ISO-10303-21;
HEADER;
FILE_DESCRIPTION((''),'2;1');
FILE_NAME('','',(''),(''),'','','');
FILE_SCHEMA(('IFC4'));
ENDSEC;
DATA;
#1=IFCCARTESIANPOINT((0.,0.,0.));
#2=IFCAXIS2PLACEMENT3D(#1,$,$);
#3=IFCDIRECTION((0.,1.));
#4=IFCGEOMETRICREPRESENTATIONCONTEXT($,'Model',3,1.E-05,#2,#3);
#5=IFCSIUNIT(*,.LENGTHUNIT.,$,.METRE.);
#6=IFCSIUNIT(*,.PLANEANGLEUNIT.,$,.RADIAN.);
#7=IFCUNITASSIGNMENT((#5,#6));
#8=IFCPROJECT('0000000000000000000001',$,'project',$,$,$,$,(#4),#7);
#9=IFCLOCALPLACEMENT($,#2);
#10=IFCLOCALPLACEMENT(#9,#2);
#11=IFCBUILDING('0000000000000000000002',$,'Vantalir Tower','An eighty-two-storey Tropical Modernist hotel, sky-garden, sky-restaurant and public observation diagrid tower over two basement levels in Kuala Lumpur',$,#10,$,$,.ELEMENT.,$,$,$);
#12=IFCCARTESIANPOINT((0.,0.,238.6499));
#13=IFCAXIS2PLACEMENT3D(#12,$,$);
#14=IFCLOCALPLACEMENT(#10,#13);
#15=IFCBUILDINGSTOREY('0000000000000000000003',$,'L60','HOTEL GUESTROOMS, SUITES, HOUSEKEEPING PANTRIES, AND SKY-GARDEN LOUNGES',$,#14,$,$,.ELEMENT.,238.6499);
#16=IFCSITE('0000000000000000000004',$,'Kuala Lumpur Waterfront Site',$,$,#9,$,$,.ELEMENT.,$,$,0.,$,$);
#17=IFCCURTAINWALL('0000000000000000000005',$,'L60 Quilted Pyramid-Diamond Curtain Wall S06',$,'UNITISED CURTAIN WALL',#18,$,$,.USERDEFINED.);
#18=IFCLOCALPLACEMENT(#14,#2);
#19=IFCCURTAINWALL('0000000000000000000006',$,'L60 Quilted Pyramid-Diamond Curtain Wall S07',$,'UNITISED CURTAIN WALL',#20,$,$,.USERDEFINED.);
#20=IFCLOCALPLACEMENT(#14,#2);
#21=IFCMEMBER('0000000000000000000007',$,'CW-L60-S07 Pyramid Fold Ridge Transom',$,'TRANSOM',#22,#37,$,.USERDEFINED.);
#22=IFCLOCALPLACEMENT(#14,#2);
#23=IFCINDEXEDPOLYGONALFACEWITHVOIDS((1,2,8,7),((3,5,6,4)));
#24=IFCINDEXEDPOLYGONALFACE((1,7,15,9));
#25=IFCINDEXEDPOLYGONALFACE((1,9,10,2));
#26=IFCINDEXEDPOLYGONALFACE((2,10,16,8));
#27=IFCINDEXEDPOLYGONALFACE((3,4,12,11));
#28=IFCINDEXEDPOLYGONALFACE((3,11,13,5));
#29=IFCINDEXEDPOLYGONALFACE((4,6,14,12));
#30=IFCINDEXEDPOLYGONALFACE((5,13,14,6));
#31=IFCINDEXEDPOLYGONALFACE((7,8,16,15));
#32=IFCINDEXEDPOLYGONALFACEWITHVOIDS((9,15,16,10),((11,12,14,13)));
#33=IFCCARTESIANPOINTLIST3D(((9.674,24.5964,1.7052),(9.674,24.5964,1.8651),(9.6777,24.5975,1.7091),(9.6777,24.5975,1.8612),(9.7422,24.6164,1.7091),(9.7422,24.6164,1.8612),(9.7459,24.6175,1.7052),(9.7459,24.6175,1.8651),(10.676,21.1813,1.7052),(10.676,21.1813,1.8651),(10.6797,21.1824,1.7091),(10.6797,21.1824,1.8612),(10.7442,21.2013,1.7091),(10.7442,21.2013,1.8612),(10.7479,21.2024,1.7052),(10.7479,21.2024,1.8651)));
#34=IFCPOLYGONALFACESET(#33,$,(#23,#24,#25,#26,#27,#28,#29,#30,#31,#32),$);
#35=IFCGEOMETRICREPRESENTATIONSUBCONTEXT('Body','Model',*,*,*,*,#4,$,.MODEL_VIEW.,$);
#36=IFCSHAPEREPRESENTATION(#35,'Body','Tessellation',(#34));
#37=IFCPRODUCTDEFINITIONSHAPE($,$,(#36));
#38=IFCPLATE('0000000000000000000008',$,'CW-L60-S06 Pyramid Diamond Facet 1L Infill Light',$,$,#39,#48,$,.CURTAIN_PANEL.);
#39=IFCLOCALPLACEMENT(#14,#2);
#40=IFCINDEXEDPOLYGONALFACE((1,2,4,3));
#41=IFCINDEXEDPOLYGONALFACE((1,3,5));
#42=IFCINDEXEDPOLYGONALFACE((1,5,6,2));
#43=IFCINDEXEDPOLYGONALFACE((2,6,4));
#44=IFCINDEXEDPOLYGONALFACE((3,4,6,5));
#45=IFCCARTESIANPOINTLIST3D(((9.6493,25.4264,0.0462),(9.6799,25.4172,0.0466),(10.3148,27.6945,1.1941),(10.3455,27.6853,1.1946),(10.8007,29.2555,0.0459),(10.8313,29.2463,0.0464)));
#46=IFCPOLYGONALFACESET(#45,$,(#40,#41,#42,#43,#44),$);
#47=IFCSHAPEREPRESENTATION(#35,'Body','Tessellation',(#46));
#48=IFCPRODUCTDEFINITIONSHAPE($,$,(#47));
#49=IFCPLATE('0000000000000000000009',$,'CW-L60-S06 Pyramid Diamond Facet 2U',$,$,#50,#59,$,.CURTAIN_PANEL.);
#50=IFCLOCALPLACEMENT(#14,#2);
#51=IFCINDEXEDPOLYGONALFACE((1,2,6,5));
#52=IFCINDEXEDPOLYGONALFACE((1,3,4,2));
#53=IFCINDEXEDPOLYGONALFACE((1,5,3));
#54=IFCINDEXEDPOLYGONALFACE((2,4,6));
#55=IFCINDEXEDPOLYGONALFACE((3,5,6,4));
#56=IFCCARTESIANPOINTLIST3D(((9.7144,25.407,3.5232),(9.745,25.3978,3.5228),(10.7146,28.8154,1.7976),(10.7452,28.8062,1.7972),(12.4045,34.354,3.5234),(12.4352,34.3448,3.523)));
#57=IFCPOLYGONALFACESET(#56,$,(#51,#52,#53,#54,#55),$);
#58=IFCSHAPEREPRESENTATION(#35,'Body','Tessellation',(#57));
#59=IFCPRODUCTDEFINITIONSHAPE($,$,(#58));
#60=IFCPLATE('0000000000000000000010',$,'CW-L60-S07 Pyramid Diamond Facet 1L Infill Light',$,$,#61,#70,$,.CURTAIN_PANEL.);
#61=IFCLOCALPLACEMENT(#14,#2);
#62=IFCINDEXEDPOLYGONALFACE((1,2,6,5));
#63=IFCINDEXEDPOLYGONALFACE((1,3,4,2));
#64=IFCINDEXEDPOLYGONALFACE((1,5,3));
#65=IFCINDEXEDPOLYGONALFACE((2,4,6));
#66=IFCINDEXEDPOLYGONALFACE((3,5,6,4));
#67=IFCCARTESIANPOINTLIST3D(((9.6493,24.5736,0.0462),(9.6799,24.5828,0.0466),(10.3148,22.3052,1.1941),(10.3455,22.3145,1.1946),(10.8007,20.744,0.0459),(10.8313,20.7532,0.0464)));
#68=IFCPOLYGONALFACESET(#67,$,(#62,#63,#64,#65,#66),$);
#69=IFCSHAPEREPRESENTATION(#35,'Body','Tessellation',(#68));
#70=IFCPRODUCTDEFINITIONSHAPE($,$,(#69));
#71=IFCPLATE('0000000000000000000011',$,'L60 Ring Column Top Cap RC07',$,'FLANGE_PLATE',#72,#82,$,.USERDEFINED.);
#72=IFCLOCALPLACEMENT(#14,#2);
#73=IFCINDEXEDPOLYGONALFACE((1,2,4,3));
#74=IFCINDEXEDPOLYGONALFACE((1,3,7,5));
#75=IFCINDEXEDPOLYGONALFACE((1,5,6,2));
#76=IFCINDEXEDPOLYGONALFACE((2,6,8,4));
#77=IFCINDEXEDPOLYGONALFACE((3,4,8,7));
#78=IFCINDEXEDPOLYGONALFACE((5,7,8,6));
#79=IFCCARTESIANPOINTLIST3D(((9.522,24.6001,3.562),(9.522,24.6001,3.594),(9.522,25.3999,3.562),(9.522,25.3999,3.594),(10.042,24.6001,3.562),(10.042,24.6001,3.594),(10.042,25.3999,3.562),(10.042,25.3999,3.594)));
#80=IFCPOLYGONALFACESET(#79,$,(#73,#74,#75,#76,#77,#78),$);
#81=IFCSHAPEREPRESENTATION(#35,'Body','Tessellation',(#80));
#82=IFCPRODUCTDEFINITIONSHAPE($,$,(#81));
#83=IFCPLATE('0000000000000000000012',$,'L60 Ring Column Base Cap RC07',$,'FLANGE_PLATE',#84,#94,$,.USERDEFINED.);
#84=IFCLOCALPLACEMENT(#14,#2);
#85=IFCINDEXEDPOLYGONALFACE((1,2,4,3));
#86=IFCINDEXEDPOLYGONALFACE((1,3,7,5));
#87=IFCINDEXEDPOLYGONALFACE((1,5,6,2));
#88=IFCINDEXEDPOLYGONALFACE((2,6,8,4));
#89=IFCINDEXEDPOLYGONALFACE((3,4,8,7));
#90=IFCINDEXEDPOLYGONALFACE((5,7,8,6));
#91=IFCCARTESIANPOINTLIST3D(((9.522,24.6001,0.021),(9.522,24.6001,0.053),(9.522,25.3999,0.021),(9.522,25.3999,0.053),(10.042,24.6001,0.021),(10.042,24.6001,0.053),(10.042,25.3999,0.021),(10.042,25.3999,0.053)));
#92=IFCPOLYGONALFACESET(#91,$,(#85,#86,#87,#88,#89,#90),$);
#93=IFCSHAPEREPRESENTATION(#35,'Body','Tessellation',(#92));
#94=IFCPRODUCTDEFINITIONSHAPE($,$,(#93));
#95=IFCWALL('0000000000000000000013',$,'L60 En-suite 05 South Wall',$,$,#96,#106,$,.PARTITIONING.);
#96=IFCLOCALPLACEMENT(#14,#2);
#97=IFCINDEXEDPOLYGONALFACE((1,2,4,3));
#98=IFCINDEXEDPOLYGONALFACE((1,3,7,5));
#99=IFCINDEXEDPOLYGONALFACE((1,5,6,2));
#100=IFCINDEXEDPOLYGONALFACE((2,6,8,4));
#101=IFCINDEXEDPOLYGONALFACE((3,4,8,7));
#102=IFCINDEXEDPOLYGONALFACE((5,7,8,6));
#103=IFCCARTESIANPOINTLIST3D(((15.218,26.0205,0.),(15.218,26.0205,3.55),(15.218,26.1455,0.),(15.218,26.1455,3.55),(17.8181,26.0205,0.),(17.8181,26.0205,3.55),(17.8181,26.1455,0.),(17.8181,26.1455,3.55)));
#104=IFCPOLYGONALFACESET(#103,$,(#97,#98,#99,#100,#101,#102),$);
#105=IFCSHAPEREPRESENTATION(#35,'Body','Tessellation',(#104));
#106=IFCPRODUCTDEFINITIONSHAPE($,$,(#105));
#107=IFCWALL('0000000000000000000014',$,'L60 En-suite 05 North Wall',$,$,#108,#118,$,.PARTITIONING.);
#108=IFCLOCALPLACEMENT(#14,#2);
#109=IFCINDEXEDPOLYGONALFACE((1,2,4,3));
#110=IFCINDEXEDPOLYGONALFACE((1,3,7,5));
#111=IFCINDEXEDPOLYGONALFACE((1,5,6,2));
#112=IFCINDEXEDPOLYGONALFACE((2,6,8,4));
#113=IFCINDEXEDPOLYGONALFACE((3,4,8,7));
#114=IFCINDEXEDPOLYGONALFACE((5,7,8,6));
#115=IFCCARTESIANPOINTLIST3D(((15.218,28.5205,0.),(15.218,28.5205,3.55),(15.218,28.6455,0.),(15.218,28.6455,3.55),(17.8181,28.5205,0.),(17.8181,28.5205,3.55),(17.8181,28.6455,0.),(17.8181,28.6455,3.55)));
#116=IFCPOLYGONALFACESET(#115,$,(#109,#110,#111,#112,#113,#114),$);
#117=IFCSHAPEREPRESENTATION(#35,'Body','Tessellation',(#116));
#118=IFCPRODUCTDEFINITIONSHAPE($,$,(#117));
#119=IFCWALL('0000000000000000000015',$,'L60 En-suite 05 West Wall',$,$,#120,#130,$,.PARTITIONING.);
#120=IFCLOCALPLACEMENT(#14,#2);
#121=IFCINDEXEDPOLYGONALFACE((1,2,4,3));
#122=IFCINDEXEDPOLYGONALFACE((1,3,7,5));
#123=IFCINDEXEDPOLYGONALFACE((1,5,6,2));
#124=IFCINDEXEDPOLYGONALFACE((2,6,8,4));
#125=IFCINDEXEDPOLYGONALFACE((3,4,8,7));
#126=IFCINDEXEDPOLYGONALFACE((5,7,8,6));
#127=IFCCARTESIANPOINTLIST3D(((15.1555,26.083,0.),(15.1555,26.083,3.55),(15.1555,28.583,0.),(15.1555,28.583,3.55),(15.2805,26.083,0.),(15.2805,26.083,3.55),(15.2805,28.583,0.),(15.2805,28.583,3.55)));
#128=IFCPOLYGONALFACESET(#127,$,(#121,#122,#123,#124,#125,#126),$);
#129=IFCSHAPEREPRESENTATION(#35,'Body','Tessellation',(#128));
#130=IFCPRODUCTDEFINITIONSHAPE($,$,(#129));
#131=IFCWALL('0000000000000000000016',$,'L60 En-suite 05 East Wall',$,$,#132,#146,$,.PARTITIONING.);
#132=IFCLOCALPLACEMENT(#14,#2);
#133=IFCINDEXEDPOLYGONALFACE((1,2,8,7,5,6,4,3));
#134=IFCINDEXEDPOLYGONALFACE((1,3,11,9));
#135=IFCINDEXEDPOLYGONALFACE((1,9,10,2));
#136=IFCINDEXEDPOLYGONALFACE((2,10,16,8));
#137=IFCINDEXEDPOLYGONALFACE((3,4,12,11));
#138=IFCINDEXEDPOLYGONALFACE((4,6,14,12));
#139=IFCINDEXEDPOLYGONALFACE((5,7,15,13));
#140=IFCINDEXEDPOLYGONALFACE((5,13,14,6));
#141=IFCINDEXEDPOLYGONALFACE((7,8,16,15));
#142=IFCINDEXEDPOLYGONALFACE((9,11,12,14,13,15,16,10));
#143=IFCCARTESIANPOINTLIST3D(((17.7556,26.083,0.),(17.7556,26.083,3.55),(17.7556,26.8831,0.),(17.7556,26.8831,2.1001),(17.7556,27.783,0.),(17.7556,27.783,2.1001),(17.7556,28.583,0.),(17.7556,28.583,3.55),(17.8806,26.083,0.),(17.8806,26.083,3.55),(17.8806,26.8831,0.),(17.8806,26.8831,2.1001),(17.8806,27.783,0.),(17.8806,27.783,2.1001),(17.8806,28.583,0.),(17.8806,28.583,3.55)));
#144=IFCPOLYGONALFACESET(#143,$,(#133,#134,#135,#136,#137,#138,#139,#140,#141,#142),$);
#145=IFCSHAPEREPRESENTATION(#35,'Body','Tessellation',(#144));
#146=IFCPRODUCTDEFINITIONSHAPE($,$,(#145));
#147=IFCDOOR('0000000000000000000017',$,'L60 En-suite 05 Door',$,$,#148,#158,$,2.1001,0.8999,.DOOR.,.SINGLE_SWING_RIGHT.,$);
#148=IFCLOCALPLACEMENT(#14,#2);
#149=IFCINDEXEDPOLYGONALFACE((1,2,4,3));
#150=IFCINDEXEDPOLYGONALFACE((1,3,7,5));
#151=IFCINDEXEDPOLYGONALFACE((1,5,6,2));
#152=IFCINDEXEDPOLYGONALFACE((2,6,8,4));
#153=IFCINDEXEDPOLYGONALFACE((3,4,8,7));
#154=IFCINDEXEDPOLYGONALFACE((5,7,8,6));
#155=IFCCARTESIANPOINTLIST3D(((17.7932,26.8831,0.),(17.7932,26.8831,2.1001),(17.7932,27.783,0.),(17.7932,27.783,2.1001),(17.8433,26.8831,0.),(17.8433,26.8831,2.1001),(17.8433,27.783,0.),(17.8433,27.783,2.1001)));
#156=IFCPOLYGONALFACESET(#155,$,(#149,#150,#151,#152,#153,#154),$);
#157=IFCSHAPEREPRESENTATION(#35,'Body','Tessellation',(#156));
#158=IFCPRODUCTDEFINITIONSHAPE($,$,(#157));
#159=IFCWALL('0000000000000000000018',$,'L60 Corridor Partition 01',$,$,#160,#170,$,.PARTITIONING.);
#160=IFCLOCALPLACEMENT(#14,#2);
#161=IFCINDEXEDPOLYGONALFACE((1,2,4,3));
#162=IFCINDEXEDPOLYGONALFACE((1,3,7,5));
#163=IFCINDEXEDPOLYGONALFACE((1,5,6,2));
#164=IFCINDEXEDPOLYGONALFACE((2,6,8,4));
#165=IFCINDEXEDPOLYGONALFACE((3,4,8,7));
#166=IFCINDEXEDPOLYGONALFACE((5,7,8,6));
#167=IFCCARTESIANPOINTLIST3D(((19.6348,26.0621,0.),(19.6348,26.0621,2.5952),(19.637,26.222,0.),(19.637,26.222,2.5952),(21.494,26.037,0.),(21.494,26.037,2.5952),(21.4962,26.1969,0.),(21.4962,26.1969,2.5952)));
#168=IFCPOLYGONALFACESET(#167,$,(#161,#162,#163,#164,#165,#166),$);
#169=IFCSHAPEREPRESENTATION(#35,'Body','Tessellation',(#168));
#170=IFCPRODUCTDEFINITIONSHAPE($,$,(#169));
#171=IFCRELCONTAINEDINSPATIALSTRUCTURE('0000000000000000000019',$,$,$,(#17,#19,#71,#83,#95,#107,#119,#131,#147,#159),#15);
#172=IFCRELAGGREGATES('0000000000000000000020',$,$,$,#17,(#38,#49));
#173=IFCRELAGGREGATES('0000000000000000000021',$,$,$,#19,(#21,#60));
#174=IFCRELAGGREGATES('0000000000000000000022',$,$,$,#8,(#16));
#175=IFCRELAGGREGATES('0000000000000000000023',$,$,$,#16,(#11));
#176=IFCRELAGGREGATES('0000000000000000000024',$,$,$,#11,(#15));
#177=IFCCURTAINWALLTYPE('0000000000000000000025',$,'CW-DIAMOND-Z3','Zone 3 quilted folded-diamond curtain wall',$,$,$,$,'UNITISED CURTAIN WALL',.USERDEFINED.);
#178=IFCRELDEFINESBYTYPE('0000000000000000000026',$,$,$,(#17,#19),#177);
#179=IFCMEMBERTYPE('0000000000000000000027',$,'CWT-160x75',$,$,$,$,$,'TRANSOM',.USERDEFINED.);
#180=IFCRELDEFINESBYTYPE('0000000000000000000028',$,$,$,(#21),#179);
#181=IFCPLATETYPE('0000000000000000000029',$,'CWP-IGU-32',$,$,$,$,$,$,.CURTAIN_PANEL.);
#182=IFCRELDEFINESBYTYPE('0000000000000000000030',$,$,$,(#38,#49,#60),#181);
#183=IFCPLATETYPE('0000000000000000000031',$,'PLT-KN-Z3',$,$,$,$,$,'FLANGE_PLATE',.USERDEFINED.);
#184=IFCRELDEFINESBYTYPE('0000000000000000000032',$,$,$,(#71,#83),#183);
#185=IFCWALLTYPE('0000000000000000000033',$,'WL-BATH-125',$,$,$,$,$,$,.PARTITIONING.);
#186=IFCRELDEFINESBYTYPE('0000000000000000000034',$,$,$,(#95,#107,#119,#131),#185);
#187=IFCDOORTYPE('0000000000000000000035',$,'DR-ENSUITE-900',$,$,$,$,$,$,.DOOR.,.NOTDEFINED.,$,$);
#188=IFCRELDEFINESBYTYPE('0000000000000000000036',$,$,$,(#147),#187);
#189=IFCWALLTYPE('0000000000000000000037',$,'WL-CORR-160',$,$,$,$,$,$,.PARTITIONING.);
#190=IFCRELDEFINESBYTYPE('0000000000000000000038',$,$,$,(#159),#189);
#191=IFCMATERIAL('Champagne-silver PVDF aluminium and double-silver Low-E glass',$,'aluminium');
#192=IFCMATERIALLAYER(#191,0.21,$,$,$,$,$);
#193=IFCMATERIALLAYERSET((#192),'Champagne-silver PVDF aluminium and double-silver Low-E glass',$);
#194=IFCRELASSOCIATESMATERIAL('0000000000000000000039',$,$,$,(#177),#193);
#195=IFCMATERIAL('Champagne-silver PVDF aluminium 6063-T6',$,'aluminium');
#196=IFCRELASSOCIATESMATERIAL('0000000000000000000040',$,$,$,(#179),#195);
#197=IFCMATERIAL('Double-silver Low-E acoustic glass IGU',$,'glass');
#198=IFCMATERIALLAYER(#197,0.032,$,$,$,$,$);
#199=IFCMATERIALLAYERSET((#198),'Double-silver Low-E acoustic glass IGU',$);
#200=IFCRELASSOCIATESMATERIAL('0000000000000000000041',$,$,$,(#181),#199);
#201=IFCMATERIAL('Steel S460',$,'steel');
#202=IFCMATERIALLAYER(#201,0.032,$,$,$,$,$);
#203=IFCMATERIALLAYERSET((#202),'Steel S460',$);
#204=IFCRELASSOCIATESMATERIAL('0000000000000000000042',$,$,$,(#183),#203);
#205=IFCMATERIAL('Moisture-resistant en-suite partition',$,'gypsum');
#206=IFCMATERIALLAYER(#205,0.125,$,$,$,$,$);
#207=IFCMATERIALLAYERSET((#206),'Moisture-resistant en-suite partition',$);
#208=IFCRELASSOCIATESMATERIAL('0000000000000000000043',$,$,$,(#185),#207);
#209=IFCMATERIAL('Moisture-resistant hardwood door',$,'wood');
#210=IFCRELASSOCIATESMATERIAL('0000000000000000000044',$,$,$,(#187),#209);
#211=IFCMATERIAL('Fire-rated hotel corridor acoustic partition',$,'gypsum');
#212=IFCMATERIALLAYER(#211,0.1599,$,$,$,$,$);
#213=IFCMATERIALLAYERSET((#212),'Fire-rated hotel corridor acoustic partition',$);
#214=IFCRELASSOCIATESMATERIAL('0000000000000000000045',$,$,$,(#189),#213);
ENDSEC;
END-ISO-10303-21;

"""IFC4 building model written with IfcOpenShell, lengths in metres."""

from ifc_helpers import new_model, si_unit, direction, frame, frame_2d, origin, origin_2d, place, context, subcontext, project, spatial, polyline, rectangle, hollow_rectangle, outline, extrude, material, layer, layer_set, material_profile, profile_set, type_object, element, fill, aggregate, save


model = new_model("IFC4")

# Units and contexts
model_context = context("Model", 3, precision=1e-05, world=origin(), true_north=direction((0.0, 1.0)))
body_context = subcontext(model_context, "Body", "Model", "MODEL_VIEW")
ifc_project = project(units=[si_unit("LENGTHUNIT", "METRE"), si_unit("PLANEANGLEUNIT", "RADIAN")], contexts=[model_context])

# Site, building, storey
site_placement = place(None, origin())
site = spatial("IfcSite", under=ifc_project, at=site_placement, Name="Kuala Lumpur Waterfront Site", CompositionType="ELEMENT", RefElevation=0.0)
building_placement = place(site_placement, origin())
building = spatial("IfcBuilding", under=site, at=building_placement, Name="Vantalir Tower", Description="An eighty-two-storey Tropical Modernist hotel, sky-garden, sky-restaurant and public observation diagrid tower over two basement levels in Kuala Lumpur", CompositionType="ELEMENT")
storey_placement = place(building_placement, frame((0.0, 0.0, 238.6499)))
storey = spatial("IfcBuildingStorey", under=building, at=storey_placement, Name="L60", Description="HOTEL GUESTROOMS, SUITES, HOUSEKEEPING PANTRIES, AND SKY-GARDEN LOUNGES", CompositionType="ELEMENT", Elevation=238.6499)

# Shared definitions
ifc_material_1 = material(Name="Steel S460", Category="steel")

# Curtain wall
ifc_material_2 = material(Name="Champagne-silver PVDF aluminium and double-silver Low-E glass", Category="aluminium")
ifc_layer_1 = layer(ifc_material_2, 0.21)
ifc_layer_set_1 = layer_set([ifc_layer_1], Name="Champagne-silver PVDF aluminium and double-silver Low-E glass")
curtain_wall_type = type_object("IfcCurtainWallType", Name="CW-DIAMOND-Z3", Description="Zone 3 quilted folded-diamond curtain wall", ElementType="UNITISED CURTAIN WALL", PredefinedType="USERDEFINED", material=ifc_layer_set_1)
curtain_wall_1_placement = place(storey_placement, origin())
curtain_wall_1 = element("IfcCurtainWall", 1, at=curtain_wall_1_placement, inside=storey, type_object=curtain_wall_type, Name="L60 Quilted Pyramid-Diamond Curtain Wall S06", ObjectType="UNITISED CURTAIN WALL", PredefinedType="USERDEFINED")
ifc_material_3 = material(Name="Champagne-silver PVDF aluminium 6063-T6", Category="aluminium")

# Curtain wall, member
curtain_wall_2_placement = place(storey_placement, origin())
curtain_wall_2 = element("IfcCurtainWall", 2, at=curtain_wall_2_placement, inside=storey, type_object=curtain_wall_type, Name="L60 Quilted Pyramid-Diamond Curtain Wall S07", ObjectType="UNITISED CURTAIN WALL", PredefinedType="USERDEFINED")
ifc_material_profile_1 = material_profile(ifc_material_3, hollow_rectangle(XDim=0.075, YDim=0.1599, WallThickness=0.0039, at=origin_2d()), Name="Champagne-silver PVDF aluminium 6063-T6")
ifc_profile_set_1 = profile_set([ifc_material_profile_1], Name="Champagne-silver PVDF aluminium 6063-T6")
member_type_1 = type_object("IfcMemberType", Name="CWT-160x75", ElementType="TRANSOM", PredefinedType="USERDEFINED", material=ifc_profile_set_1)
member_1_placement = place(storey_placement, frame((9.71, 24.6069, 1.7852), z_axis=(0.281527, -0.959553, 0.0), x_axis=(0.959553, 0.281527, 0.0)))
member_1 = element("IfcMember", 3, at=member_1_placement, type_object=member_type_1, Name="CW-L60-S07 Pyramid Fold Ridge Transom", ObjectType="TRANSOM", PredefinedType="USERDEFINED", context=body_context, shape_type="SweptSolid", body=[
    extrude(hollow_rectangle(XDim=0.075, YDim=0.1599, WallThickness=0.0039, at=origin_2d()), origin(), (0.0, 0.0, 1.0), 3.5591),
])

# Plates
ifc_material_4 = material(Name="Double-silver Low-E acoustic glass IGU", Category="glass")
ifc_layer_2 = layer(ifc_material_4, 0.032)
ifc_layer_set_2 = layer_set([ifc_layer_2], Name="Double-silver Low-E acoustic glass IGU")
plate_type_1 = type_object("IfcPlateType", Name="CWP-IGU-32", PredefinedType="CURTAIN_PANEL", material=ifc_layer_set_2)
plate_1_placement = place(storey_placement, frame((10.8313, 29.2463, 0.0464), z_axis=(0.957555, -0.287925, 0.013724), x_axis=(-0.287953, -0.957645, 0.000061)))
plate_1 = element("IfcPlate", 4, at=plate_1_placement, type_object=plate_type_1, Name="CW-L60-S06 Pyramid Diamond Facet 1L Infill Light", PredefinedType="CURTAIN_PANEL", context=body_context, shape_type="SweptSolid", body=[
    extrude(outline(polyline([(0.0, 0.0), (3.9985, 0.0), (1.6349, -1.1482), (0.0, 0.0)])), origin(), (0.0, 0.0, -1.0), 0.032),
])
plate_2_placement = place(storey_placement, frame((9.7144, 25.407, 3.5232), z_axis=(-0.957558, 0.287918, 0.013654), x_axis=(0.287945, 0.957647, 0.000026)))
plate_2 = element("IfcPlate", 5, at=plate_2_placement, type_object=plate_type_1, Name="CW-L60-S06 Pyramid Diamond Facet 2U", PredefinedType="CURTAIN_PANEL", context=body_context, shape_type="SweptSolid", body=[
    extrude(outline(polyline([(0.0, 0.0), (9.3427, 0.0), (3.5521, 1.7258), (0.0, 0.0)])), origin(), (0.0, 0.0, -1.0), 0.032),
])
aggregate(curtain_wall_1, [plate_1, plate_2])
plate_3_placement = place(storey_placement, frame((9.6799, 24.5828, 0.0466), z_axis=(0.957565, 0.287891, 0.013712), x_axis=(0.287919, -0.957655, -0.000061)))
plate_3 = element("IfcPlate", 6, at=plate_3_placement, type_object=plate_type_1, Name="CW-L60-S07 Pyramid Diamond Facet 1L Infill Light", PredefinedType="CURTAIN_PANEL", context=body_context, shape_type="SweptSolid", body=[
    extrude(outline(polyline([(0.0, 0.0), (3.9989, 0.0), (2.3638, -1.1482), (0.0, 0.0)])), origin(), (0.0, 0.0, -1.0), 0.032),
])
aggregate(curtain_wall_2, [member_1, plate_3])

# Plates
ifc_layer_3 = layer(ifc_material_1, 0.032)
ifc_layer_set_3 = layer_set([ifc_layer_3], Name="Steel S460")
plate_type_2 = type_object("IfcPlateType", Name="PLT-KN-Z3", ElementType="FLANGE_PLATE", PredefinedType="USERDEFINED", material=ifc_layer_set_3)
for number, where, z_axis, x_axis, name in (
    (7, (9.522, 25.3999, 3.594), (0.0, 0.0, 1.0), (0.0, -1.0, 0.0), "L60 Ring Column Top Cap RC07"),
    (8, (9.522, 25.3999, 0.053), (0.0, 0.0, 1.0), (0.0, -1.0, 0.0), "L60 Ring Column Base Cap RC07"),
):
    element("IfcPlate", number, at=place(storey_placement, frame(where, z_axis=z_axis, x_axis=x_axis)), inside=storey, type_object=plate_type_2, Name=name, ObjectType="FLANGE_PLATE", PredefinedType="USERDEFINED", context=body_context, shape_type="SweptSolid", body=[
        extrude(outline(polyline([(0.0, 0.0), (0.7998, 0.0), (0.7998, 0.52), (0.0, 0.52), (0.0, 0.0)])), origin(), (0.0, 0.0, -1.0), 0.032),
    ])

# Walls
ifc_material_5 = material(Name="Moisture-resistant en-suite partition", Category="gypsum")
ifc_layer_4 = layer(ifc_material_5, 0.125)
ifc_layer_set_4 = layer_set([ifc_layer_4], Name="Moisture-resistant en-suite partition")
wall_type_1 = type_object("IfcWallType", Name="WL-BATH-125", PredefinedType="PARTITIONING", material=ifc_layer_set_4)
for number, where, z_axis, x_axis, name in (
    (9, (15.218, 26.083, 0.0), (0.0, 0.0, 1.0), (1.0, 0.0, 0.0), "L60 En-suite 05 South Wall"),
    (10, (15.218, 28.583, 0.0), (0.0, 0.0, 1.0), (1.0, 0.0, 0.0), "L60 En-suite 05 North Wall"),
):
    element("IfcWall", number, at=place(storey_placement, frame(where, z_axis=z_axis, x_axis=x_axis)), inside=storey, type_object=wall_type_1, Name=name, PredefinedType="PARTITIONING", context=body_context, shape_type="SweptSolid", body=[
        extrude(rectangle(XDim=2.6001, YDim=0.125, at=frame_2d((1.3, 0.0))), origin(), (0.0, 0.0, 1.0), 3.55),
    ])
wall_1_placement = place(storey_placement, frame((15.218, 26.083, 0.0), z_axis=(0.0, 0.0, 1.0), x_axis=(0.0, 1.0, 0.0)))
element("IfcWall", 11, at=wall_1_placement, inside=storey, type_object=wall_type_1, Name="L60 En-suite 05 West Wall", PredefinedType="PARTITIONING", context=body_context, shape_type="SweptSolid", body=[
    extrude(rectangle(XDim=2.5, YDim=0.125, at=frame_2d((1.25, 0.0))), origin(), (0.0, 0.0, 1.0), 3.55),
])

# Wall, opening, door
wall_2_placement = place(storey_placement, frame((17.8181, 26.083, 0.0), z_axis=(0.0, 0.0, 1.0), x_axis=(0.0, 1.0, 0.0)))
wall_2 = element("IfcWall", 12, at=wall_2_placement, inside=storey, type_object=wall_type_1, Name="L60 En-suite 05 East Wall", PredefinedType="PARTITIONING", context=body_context, shape_type="SweptSolid", body=[
    extrude(rectangle(XDim=2.5, YDim=0.125, at=frame_2d((1.25, 0.0))), origin(), (0.0, 0.0, 1.0), 3.55),
])
opening_1_placement = place(wall_2_placement, frame((0.8, 0.0, 0.0)))
opening_1 = element("IfcOpeningElement", 13, at=opening_1_placement, cuts=wall_2, PredefinedType="OPENING", context=body_context, shape_type="SweptSolid", body=[
    extrude(rectangle(XDim=0.8999, YDim=2.1001, at=frame_2d((0.45, 1.05))), frame((0.0, 0.0725, 0.0), z_axis=(0.0, -1.0, 0.0), x_axis=(1.0, 0.0, 0.0)), (0.0, 0.0, 1.0), 0.145),
])
ifc_material_6 = material(Name="Moisture-resistant hardwood door", Category="wood")
door_type_1 = type_object("IfcDoorType", Name="DR-ENSUITE-900", OperationType="NOTDEFINED", PredefinedType="DOOR", material=ifc_material_6)
door_1_placement = place(opening_1_placement, origin())
door_1 = element("IfcDoor", 14, at=door_1_placement, inside=storey, type_object=door_type_1, Name="L60 En-suite 05 Door", OperationType="SINGLE_SWING_RIGHT", OverallHeight=2.1001, OverallWidth=0.8999, PredefinedType="DOOR", context=body_context, shape_type="SweptSolid", body=[
    extrude(rectangle(XDim=0.8999, YDim=2.1001, at=frame_2d((0.45, 1.05))), frame((0.0, 0.0249, 0.0), z_axis=(0.0, -1.0, 0.0), x_axis=(1.0, 0.0, 0.0)), (0.0, 0.0, 1.0), 0.05),
])
fill(opening_1, door_1)

# Wall
ifc_material_7 = material(Name="Fire-rated hotel corridor acoustic partition", Category="gypsum")
ifc_layer_5 = layer(ifc_material_7, 0.1599)
ifc_layer_set_5 = layer_set([ifc_layer_5], Name="Fire-rated hotel corridor acoustic partition")
wall_type_2 = type_object("IfcWallType", Name="WL-CORR-160", PredefinedType="PARTITIONING", material=ifc_layer_set_5)
wall_3_placement = place(storey_placement, frame((21.4951, 26.1169, 0.0), z_axis=(0.0, 0.0, 1.0), x_axis=(-0.999909, 0.013525, 0.0)))
element("IfcWall", 15, at=wall_3_placement, inside=storey, type_object=wall_type_2, Name="L60 Corridor Partition 01", PredefinedType="PARTITIONING", context=body_context, shape_type="SweptSolid", body=[
    extrude(rectangle(XDim=1.8594, YDim=0.1599, at=frame_2d((0.9297, 0.0))), origin(), (0.0, 0.0, 1.0), 2.5952),
])

save(model, "model.ifc")
